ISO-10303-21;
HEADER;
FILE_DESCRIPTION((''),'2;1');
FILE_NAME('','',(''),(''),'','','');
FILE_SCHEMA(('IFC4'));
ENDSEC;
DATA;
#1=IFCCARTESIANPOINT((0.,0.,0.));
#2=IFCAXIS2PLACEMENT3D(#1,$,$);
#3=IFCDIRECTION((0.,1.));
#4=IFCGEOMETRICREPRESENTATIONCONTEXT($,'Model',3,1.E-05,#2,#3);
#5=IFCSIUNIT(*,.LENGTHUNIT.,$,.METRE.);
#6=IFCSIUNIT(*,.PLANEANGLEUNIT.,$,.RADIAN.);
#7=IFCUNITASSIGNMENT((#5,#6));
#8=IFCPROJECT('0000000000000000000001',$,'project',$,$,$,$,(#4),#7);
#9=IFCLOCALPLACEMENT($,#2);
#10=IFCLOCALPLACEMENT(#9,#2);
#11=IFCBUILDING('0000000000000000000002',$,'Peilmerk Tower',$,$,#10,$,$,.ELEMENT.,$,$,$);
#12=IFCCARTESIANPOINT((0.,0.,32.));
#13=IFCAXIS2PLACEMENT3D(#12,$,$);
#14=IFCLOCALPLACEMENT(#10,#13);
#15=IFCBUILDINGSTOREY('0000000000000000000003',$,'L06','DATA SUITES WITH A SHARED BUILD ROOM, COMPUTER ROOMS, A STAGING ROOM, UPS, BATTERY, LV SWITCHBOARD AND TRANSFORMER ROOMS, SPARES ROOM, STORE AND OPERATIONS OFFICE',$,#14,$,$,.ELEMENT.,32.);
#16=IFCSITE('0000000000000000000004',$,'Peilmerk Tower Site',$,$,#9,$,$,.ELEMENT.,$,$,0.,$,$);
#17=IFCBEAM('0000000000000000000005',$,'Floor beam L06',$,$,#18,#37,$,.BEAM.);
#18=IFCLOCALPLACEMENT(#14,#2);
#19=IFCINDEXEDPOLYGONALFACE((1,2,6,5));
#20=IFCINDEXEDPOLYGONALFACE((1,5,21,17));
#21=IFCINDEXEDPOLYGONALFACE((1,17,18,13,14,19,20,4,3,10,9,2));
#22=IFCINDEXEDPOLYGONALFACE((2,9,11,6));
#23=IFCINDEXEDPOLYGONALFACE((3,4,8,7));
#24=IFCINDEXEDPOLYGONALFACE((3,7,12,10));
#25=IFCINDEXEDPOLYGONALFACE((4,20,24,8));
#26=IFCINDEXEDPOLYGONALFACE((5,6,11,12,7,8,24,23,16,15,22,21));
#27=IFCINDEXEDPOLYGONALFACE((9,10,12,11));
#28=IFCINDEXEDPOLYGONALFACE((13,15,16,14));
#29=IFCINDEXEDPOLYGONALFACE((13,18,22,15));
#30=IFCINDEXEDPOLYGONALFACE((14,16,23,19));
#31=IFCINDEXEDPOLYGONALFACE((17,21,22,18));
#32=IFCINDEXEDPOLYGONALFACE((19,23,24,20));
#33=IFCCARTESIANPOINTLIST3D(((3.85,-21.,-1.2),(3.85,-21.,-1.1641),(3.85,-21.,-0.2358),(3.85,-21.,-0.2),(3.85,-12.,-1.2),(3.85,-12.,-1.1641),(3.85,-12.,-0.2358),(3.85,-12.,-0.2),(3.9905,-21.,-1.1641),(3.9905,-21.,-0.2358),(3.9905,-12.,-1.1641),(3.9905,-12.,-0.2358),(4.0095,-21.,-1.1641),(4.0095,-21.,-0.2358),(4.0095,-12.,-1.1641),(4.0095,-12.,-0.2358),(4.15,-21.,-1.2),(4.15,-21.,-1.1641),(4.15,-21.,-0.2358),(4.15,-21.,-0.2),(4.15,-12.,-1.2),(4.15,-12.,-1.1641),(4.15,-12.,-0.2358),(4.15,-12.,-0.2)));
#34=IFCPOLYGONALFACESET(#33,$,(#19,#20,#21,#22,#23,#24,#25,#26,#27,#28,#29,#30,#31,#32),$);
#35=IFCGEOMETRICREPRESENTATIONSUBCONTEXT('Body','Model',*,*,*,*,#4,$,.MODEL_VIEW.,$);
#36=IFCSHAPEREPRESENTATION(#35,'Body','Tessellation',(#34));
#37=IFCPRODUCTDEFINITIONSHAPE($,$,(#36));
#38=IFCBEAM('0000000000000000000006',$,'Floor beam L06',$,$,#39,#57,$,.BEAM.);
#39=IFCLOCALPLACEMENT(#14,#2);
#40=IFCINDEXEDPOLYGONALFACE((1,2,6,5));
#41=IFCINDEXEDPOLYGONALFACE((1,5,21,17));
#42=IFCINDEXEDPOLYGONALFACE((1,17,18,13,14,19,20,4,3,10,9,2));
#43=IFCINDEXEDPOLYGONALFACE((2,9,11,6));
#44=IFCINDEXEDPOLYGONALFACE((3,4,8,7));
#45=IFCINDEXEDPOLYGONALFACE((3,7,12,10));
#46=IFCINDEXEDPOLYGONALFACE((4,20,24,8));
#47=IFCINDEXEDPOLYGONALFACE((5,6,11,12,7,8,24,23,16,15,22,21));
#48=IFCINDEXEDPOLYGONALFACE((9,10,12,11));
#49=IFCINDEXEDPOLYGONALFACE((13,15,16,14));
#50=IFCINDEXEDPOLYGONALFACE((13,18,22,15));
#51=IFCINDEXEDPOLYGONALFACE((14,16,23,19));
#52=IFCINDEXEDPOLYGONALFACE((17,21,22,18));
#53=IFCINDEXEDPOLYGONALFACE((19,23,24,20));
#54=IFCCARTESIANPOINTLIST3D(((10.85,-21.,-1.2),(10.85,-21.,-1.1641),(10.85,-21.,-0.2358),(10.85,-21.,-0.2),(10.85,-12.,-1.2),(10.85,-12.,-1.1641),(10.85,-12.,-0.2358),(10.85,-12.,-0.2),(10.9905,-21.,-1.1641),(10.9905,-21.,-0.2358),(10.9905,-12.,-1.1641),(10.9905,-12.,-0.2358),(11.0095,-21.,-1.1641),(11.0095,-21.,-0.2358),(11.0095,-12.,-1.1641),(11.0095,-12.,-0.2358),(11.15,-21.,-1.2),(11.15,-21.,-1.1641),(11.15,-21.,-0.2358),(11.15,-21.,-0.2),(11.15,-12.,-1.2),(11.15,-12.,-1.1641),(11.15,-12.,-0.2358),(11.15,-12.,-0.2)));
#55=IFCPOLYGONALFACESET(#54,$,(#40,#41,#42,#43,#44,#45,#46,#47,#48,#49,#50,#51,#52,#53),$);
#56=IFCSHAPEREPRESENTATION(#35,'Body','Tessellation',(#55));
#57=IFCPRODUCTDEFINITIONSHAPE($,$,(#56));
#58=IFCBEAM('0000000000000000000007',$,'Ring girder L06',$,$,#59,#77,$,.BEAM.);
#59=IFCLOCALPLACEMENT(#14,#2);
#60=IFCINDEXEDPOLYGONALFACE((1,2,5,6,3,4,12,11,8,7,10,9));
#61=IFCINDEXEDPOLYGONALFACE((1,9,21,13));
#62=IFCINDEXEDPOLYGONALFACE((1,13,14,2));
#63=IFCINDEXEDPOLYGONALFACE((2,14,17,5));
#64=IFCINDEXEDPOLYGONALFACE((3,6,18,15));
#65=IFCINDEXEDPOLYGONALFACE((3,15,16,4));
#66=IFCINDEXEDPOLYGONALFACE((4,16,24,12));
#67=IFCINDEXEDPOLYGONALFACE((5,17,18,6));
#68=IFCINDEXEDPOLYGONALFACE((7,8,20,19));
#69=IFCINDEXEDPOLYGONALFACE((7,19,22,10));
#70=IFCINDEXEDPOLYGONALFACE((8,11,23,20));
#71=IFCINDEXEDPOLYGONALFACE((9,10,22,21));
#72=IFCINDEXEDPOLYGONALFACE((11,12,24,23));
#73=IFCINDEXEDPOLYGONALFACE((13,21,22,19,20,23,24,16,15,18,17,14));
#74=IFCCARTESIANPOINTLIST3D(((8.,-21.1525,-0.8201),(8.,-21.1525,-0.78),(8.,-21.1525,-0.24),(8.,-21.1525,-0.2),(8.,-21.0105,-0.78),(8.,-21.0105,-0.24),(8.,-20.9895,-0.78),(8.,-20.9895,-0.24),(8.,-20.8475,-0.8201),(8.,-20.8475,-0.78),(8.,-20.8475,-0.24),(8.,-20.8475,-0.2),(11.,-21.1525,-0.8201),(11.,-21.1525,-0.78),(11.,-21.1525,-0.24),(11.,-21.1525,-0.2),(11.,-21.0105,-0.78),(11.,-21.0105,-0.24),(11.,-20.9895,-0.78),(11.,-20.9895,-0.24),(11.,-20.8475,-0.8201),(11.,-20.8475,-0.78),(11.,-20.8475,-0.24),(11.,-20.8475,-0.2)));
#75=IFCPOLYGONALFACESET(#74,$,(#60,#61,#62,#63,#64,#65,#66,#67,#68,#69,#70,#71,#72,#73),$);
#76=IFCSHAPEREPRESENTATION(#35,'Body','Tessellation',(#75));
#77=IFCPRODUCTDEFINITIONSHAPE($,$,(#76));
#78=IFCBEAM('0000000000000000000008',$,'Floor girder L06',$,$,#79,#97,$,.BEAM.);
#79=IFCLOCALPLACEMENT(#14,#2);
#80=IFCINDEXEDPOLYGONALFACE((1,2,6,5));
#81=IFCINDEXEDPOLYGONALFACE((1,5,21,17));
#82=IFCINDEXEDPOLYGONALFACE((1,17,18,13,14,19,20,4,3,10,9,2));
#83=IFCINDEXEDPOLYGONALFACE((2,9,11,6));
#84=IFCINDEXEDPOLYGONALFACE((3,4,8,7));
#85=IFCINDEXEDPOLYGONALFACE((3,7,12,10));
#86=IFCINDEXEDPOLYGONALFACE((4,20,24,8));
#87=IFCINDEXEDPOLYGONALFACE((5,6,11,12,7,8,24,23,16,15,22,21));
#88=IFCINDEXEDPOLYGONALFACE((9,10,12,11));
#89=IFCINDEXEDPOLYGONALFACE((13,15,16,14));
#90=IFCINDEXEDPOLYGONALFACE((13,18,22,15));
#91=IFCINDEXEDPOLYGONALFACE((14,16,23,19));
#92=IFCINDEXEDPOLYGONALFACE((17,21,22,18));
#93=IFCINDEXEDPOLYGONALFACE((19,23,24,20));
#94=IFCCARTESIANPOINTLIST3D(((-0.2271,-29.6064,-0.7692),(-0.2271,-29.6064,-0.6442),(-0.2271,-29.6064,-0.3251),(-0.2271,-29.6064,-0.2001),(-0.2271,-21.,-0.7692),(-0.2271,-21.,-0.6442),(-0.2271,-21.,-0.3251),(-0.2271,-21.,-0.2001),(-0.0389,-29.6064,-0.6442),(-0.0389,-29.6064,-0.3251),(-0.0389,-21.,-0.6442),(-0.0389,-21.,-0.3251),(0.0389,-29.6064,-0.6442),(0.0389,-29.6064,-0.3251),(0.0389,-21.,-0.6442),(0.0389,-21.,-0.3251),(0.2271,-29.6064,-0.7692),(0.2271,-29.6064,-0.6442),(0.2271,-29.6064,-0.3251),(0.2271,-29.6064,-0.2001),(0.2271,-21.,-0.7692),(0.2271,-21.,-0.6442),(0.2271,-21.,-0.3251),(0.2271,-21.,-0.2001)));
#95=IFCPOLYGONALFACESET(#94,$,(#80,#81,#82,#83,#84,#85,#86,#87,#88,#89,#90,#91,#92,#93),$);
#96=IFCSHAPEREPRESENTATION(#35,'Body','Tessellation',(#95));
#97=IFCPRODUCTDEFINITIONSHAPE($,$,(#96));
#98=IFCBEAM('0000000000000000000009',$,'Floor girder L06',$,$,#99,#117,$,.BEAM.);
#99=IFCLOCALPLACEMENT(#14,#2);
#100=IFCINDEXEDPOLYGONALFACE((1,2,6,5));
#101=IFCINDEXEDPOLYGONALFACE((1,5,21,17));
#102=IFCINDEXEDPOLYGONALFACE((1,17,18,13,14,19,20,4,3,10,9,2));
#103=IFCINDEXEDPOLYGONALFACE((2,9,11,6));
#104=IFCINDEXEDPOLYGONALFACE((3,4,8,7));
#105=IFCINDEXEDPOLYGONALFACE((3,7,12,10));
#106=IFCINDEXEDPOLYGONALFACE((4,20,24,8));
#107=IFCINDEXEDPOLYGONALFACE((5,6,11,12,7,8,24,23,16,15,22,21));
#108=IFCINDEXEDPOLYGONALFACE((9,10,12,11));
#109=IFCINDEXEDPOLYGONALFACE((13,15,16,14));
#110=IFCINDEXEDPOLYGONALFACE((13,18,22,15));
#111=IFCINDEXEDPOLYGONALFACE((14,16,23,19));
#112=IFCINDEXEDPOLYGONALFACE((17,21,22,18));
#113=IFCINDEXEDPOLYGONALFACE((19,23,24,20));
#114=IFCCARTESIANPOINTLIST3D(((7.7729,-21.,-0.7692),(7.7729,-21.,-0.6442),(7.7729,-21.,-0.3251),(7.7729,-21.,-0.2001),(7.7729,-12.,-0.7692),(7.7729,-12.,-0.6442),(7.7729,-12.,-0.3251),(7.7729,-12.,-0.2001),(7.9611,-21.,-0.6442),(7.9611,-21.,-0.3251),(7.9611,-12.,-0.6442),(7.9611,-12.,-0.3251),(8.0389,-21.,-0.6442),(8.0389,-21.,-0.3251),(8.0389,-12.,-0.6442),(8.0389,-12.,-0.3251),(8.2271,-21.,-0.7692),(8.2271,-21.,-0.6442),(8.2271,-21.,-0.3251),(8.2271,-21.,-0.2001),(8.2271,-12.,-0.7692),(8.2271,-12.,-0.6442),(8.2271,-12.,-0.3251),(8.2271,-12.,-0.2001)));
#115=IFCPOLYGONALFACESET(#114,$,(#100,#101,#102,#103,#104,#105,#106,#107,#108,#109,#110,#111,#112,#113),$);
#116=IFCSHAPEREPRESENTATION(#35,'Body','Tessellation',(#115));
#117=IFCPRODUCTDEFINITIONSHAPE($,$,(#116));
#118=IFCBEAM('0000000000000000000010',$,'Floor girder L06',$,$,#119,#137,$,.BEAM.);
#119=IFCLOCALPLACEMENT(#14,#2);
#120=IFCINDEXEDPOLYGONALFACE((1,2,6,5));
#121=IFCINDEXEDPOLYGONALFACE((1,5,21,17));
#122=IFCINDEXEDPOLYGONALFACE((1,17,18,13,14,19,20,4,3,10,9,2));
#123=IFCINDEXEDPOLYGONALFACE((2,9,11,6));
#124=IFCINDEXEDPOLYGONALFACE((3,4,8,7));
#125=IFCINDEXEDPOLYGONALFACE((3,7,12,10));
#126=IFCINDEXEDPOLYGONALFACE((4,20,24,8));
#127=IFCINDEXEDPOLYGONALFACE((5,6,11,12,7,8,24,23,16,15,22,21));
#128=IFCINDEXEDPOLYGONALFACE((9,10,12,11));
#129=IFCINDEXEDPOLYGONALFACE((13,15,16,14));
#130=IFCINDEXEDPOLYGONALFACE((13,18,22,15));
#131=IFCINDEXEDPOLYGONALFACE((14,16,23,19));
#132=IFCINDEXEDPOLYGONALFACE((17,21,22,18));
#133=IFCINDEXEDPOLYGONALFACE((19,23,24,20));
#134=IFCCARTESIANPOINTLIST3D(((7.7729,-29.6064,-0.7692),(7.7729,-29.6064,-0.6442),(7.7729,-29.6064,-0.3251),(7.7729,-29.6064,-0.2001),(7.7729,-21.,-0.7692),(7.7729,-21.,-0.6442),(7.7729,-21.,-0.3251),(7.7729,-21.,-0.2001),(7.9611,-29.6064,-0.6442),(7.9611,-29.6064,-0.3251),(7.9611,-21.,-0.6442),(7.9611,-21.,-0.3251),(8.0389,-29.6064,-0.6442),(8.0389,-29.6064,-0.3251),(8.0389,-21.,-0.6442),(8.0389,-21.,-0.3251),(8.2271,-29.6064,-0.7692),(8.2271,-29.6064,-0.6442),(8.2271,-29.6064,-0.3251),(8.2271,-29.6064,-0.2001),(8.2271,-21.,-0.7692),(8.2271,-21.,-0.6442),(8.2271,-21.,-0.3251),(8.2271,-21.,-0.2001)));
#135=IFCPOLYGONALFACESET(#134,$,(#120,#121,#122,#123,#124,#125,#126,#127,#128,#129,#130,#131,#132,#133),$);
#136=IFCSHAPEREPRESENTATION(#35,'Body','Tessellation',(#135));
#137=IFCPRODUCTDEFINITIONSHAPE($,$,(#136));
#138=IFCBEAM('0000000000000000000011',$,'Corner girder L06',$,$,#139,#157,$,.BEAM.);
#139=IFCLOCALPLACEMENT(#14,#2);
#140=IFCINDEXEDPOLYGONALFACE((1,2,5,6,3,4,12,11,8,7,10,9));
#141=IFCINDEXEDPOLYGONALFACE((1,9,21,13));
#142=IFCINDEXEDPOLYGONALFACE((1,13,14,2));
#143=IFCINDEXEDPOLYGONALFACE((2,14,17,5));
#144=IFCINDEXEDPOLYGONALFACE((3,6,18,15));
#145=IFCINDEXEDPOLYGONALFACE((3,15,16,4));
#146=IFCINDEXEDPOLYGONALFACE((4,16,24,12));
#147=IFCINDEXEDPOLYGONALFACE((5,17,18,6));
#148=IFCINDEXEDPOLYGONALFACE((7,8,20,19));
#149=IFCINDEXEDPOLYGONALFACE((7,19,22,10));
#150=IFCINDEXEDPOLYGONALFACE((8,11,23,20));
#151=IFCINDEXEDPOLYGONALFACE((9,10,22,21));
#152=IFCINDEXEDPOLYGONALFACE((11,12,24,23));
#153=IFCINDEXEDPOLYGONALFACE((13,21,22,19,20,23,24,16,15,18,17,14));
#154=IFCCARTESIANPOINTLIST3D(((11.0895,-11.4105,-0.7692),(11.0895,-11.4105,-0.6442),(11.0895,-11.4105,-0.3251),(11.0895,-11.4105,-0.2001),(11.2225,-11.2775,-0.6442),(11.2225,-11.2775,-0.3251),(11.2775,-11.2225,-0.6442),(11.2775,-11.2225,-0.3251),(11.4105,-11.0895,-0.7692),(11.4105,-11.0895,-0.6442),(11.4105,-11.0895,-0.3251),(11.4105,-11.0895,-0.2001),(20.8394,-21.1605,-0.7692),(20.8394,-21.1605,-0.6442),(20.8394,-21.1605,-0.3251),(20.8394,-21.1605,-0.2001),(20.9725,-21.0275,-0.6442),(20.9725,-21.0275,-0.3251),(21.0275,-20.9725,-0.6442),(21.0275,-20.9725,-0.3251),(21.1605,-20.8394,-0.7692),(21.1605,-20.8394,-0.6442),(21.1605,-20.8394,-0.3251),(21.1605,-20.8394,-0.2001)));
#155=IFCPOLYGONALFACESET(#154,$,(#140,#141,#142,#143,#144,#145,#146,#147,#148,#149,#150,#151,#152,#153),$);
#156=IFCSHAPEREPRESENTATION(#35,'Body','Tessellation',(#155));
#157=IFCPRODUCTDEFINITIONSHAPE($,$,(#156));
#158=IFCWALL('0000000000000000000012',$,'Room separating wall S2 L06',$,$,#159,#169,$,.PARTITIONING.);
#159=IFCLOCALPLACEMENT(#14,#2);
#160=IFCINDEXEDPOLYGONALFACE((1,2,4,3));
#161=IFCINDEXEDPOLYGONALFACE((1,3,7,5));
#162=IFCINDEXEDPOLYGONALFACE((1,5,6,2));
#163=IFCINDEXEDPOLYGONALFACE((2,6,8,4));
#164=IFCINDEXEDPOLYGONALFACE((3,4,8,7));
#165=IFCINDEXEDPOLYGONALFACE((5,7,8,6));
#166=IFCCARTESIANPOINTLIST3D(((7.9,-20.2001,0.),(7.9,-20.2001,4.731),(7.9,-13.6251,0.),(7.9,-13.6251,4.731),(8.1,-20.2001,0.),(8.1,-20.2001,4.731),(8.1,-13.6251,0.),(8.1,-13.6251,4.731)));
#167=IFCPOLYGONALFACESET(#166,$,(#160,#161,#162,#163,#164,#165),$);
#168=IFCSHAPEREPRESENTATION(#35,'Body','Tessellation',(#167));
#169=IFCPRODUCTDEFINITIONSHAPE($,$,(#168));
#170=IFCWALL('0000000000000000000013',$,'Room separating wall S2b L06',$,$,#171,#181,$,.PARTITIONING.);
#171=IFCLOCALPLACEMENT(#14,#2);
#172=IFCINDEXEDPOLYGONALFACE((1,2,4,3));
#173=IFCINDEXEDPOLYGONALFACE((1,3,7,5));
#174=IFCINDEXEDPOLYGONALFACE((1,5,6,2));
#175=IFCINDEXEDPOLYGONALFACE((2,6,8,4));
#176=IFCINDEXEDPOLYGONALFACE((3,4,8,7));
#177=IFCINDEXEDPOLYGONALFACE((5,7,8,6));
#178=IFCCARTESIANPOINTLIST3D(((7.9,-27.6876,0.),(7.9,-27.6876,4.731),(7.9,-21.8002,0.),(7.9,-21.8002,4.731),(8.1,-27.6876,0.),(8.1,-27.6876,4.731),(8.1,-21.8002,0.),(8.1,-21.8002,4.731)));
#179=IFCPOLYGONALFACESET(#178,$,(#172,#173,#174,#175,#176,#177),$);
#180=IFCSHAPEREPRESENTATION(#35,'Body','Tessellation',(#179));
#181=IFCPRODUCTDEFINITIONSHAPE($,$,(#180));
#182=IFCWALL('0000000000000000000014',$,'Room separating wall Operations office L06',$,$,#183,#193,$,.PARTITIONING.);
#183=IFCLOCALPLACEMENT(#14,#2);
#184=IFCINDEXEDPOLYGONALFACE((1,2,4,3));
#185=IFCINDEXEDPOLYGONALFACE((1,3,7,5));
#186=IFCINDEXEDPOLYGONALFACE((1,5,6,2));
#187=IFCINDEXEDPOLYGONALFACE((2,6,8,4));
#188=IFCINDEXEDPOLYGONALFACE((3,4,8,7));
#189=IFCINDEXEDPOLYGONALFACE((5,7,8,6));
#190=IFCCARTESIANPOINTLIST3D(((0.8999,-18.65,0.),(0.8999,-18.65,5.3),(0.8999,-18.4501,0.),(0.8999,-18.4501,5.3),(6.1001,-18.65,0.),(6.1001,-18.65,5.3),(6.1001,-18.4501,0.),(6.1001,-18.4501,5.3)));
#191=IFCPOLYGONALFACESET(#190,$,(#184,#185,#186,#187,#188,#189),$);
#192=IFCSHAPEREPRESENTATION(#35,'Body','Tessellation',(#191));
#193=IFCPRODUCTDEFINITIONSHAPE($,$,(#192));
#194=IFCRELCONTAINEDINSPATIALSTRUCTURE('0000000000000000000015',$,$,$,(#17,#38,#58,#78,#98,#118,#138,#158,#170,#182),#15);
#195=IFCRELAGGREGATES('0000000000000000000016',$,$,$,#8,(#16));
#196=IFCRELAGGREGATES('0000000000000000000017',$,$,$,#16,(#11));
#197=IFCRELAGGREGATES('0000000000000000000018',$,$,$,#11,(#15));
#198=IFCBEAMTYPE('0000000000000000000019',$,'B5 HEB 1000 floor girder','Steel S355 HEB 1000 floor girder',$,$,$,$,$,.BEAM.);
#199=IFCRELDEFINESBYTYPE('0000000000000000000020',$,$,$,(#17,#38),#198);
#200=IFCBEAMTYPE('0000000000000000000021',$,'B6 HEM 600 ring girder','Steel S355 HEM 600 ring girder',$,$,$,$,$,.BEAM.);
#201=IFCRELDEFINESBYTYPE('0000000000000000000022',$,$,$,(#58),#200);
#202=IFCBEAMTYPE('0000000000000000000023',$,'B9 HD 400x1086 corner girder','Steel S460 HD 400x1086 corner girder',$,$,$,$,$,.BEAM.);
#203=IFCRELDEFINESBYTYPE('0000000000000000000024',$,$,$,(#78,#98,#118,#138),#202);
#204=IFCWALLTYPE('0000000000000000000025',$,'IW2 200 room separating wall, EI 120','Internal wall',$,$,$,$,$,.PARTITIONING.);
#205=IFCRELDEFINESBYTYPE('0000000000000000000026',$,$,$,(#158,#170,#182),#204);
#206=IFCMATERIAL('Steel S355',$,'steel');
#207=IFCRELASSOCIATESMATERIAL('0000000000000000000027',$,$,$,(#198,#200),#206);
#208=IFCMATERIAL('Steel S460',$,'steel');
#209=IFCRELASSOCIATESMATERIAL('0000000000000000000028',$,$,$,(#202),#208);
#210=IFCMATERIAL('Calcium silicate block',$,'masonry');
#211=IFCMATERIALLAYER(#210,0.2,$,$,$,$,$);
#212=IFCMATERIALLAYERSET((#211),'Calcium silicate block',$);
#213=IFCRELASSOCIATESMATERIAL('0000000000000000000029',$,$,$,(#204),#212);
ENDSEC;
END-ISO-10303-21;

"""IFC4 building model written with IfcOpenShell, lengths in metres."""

from ifc_helpers import new_model, si_unit, direction, frame, frame_2d, origin, origin_2d, place, context, subcontext, project, spatial, rectangle, i_section, extrude, material, layer, layer_set, material_profile, profile_set, type_object, element, save


model = new_model("IFC4")

# Units and contexts
model_context = context("Model", 3, precision=1e-05, world=origin(), true_north=direction((0.0, 1.0)))
body_context = subcontext(model_context, "Body", "Model", "MODEL_VIEW")
ifc_project = project(units=[si_unit("LENGTHUNIT", "METRE"), si_unit("PLANEANGLEUNIT", "RADIAN")], contexts=[model_context])

# Site, building, storey
site_placement = place(None, origin())
site = spatial("IfcSite", under=ifc_project, at=site_placement, Name="Peilmerk Tower Site", CompositionType="ELEMENT", RefElevation=0.0)
building_placement = place(site_placement, origin())
building = spatial("IfcBuilding", under=site, at=building_placement, Name="Peilmerk Tower", CompositionType="ELEMENT")
storey_placement = place(building_placement, frame((0.0, 0.0, 32.0)))
storey = spatial("IfcBuildingStorey", under=building, at=storey_placement, Name="L06", Description="DATA SUITES WITH A SHARED BUILD ROOM, COMPUTER ROOMS, A STAGING ROOM, UPS, BATTERY, LV SWITCHBOARD AND TRANSFORMER ROOMS, SPARES ROOM, STORE AND OPERATIONS OFFICE", CompositionType="ELEMENT", Elevation=32.0)

# Beams
ifc_material_1 = material(Name="Steel S355", Category="steel")
ifc_material_profile_1 = material_profile(ifc_material_1, i_section(OverallWidth=0.3, OverallDepth=1.0, WebThickness=0.019, FlangeThickness=0.0359, at=origin_2d()), Name="HEB 1000")
ifc_profile_set_1 = profile_set([ifc_material_profile_1], Name="Steel S355")
beam_type_1 = type_object("IfcBeamType", Name="B5 HEB 1000 floor girder", Description="Steel S355 HEB 1000 floor girder", PredefinedType="BEAM", material=ifc_profile_set_1)
for number, where, z_axis, x_axis, name in (
    (1, (4.0, -12.0, -0.7), (0.0, -1.0, 0.0), (1.0, 0.0, 0.0), "Floor beam L06"),
    (2, (11.0, -12.0, -0.7), (0.0, -1.0, 0.0), (1.0, 0.0, 0.0), "Floor beam L06"),
):
    element("IfcBeam", number, at=place(storey_placement, frame(where, z_axis=z_axis, x_axis=x_axis)), inside=storey, type_object=beam_type_1, Name=name, PredefinedType="BEAM", context=body_context, shape_type="SweptSolid", body=[
        extrude(i_section(OverallWidth=0.3, OverallDepth=1.0, WebThickness=0.019, FlangeThickness=0.0359, at=origin_2d()), origin(), (0.0, 0.0, 1.0), 9.0),
    ])
ifc_material_profile_2 = material_profile(ifc_material_1, i_section(OverallWidth=0.3049, OverallDepth=0.6201, WebThickness=0.021, FlangeThickness=0.04, at=origin_2d()), Name="HEM 600")
ifc_profile_set_2 = profile_set([ifc_material_profile_2], Name="Steel S355")
beam_type_2 = type_object("IfcBeamType", Name="B6 HEM 600 ring girder", Description="Steel S355 HEM 600 ring girder", PredefinedType="BEAM", material=ifc_profile_set_2)
beam_1_placement = place(storey_placement, frame((8.0, -21.0, -0.51), z_axis=(1.0, 0.0, 0.0), x_axis=(0.0, 1.0, 0.0)))
element("IfcBeam", 3, at=beam_1_placement, inside=storey, type_object=beam_type_2, Name="Ring girder L06", PredefinedType="BEAM", context=body_context, shape_type="SweptSolid", body=[
    extrude(i_section(OverallWidth=0.3049, OverallDepth=0.6201, WebThickness=0.021, FlangeThickness=0.04, at=origin_2d()), origin(), (0.0, 0.0, 1.0), 3.0),
])
ifc_material_2 = material(Name="Steel S460", Category="steel")
ifc_material_profile_3 = material_profile(ifc_material_2, i_section(OverallWidth=0.4541, OverallDepth=0.5691, WebThickness=0.0779, FlangeThickness=0.125, at=origin_2d()), Name="HD 400x1086")
ifc_profile_set_3 = profile_set([ifc_material_profile_3], Name="Steel S460")
beam_type_3 = type_object("IfcBeamType", Name="B9 HD 400x1086 corner girder", Description="Steel S460 HD 400x1086 corner girder", PredefinedType="BEAM", material=ifc_profile_set_3)
beam_2_placement = place(storey_placement, frame((0.0, -21.0, -0.4846), z_axis=(0.0, -1.0, 0.0), x_axis=(1.0, 0.0, 0.0)))
element("IfcBeam", 4, at=beam_2_placement, inside=storey, type_object=beam_type_3, Name="Floor girder L06", PredefinedType="BEAM", context=body_context, shape_type="SweptSolid", body=[
    extrude(i_section(OverallWidth=0.4541, OverallDepth=0.5691, WebThickness=0.0779, FlangeThickness=0.125, at=origin_2d()), origin(), (0.0, 0.0, 1.0), 8.6064),
])
beam_3_placement = place(storey_placement, frame((8.0, -12.0, -0.4846), z_axis=(0.0, -1.0, 0.0), x_axis=(1.0, 0.0, 0.0)))
element("IfcBeam", 5, at=beam_3_placement, inside=storey, type_object=beam_type_3, Name="Floor girder L06", PredefinedType="BEAM", context=body_context, shape_type="SweptSolid", body=[
    extrude(i_section(OverallWidth=0.4541, OverallDepth=0.5691, WebThickness=0.0779, FlangeThickness=0.125, at=origin_2d()), origin(), (0.0, 0.0, 1.0), 9.0),
])
beam_4_placement = place(storey_placement, frame((8.0, -21.0, -0.4846), z_axis=(0.0, -1.0, 0.0), x_axis=(1.0, 0.0, 0.0)))
element("IfcBeam", 6, at=beam_4_placement, inside=storey, type_object=beam_type_3, Name="Floor girder L06", PredefinedType="BEAM", context=body_context, shape_type="SweptSolid", body=[
    extrude(i_section(OverallWidth=0.4541, OverallDepth=0.5691, WebThickness=0.0779, FlangeThickness=0.125, at=origin_2d()), origin(), (0.0, 0.0, 1.0), 8.6064),
])
beam_5_placement = place(storey_placement, frame((11.25, -11.25, -0.4846), z_axis=(0.707107, -0.707107, 0.0), x_axis=(0.707107, 0.707107, 0.0)))
element("IfcBeam", 7, at=beam_5_placement, inside=storey, type_object=beam_type_3, Name="Corner girder L06", PredefinedType="BEAM", context=body_context, shape_type="SweptSolid", body=[
    extrude(i_section(OverallWidth=0.4541, OverallDepth=0.5691, WebThickness=0.0779, FlangeThickness=0.125, at=origin_2d()), origin(), (0.0, 0.0, 1.0), 13.7886),
])

# Walls
ifc_material_3 = material(Name="Calcium silicate block", Category="masonry")
ifc_layer_1 = layer(ifc_material_3, 0.2)
ifc_layer_set_1 = layer_set([ifc_layer_1], Name="Calcium silicate block")
wall_type_1 = type_object("IfcWallType", Name="IW2 200 room separating wall, EI 120", Description="Internal wall", PredefinedType="PARTITIONING", material=ifc_layer_set_1)
wall_1_placement = place(storey_placement, frame((8.0, -13.625, 0.0), z_axis=(0.0, 0.0, 1.0), x_axis=(0.0, -1.0, 0.0)))
element("IfcWall", 8, at=wall_1_placement, inside=storey, type_object=wall_type_1, Name="Room separating wall S2 L06", PredefinedType="PARTITIONING", context=body_context, shape_type="SweptSolid", body=[
    extrude(rectangle(XDim=6.575, YDim=0.2, at=frame_2d((3.2876, 0.0))), origin(), (0.0, 0.0, 1.0), 4.731),
])
wall_2_placement = place(storey_placement, frame((8.0, -21.8, 0.0), z_axis=(0.0, 0.0, 1.0), x_axis=(0.0, -1.0, 0.0)))
element("IfcWall", 9, at=wall_2_placement, inside=storey, type_object=wall_type_1, Name="Room separating wall S2b L06", PredefinedType="PARTITIONING", context=body_context, shape_type="SweptSolid", body=[
    extrude(rectangle(XDim=5.8875, YDim=0.2, at=frame_2d((2.9438, 0.0))), origin(), (0.0, 0.0, 1.0), 4.731),
])
wall_3_placement = place(storey_placement, frame((0.8999, -18.55, 0.0), z_axis=(0.0, 0.0, 1.0), x_axis=(1.0, 0.0, 0.0)))
element("IfcWall", 10, at=wall_3_placement, inside=storey, type_object=wall_type_1, Name="Room separating wall Operations office L06", PredefinedType="PARTITIONING", context=body_context, shape_type="SweptSolid", body=[
    extrude(rectangle(XDim=5.2002, YDim=0.2, at=frame_2d((2.6001, 0.0))), origin(), (0.0, 0.0, 1.0), 5.3),
])

save(model, "model.ifc")
